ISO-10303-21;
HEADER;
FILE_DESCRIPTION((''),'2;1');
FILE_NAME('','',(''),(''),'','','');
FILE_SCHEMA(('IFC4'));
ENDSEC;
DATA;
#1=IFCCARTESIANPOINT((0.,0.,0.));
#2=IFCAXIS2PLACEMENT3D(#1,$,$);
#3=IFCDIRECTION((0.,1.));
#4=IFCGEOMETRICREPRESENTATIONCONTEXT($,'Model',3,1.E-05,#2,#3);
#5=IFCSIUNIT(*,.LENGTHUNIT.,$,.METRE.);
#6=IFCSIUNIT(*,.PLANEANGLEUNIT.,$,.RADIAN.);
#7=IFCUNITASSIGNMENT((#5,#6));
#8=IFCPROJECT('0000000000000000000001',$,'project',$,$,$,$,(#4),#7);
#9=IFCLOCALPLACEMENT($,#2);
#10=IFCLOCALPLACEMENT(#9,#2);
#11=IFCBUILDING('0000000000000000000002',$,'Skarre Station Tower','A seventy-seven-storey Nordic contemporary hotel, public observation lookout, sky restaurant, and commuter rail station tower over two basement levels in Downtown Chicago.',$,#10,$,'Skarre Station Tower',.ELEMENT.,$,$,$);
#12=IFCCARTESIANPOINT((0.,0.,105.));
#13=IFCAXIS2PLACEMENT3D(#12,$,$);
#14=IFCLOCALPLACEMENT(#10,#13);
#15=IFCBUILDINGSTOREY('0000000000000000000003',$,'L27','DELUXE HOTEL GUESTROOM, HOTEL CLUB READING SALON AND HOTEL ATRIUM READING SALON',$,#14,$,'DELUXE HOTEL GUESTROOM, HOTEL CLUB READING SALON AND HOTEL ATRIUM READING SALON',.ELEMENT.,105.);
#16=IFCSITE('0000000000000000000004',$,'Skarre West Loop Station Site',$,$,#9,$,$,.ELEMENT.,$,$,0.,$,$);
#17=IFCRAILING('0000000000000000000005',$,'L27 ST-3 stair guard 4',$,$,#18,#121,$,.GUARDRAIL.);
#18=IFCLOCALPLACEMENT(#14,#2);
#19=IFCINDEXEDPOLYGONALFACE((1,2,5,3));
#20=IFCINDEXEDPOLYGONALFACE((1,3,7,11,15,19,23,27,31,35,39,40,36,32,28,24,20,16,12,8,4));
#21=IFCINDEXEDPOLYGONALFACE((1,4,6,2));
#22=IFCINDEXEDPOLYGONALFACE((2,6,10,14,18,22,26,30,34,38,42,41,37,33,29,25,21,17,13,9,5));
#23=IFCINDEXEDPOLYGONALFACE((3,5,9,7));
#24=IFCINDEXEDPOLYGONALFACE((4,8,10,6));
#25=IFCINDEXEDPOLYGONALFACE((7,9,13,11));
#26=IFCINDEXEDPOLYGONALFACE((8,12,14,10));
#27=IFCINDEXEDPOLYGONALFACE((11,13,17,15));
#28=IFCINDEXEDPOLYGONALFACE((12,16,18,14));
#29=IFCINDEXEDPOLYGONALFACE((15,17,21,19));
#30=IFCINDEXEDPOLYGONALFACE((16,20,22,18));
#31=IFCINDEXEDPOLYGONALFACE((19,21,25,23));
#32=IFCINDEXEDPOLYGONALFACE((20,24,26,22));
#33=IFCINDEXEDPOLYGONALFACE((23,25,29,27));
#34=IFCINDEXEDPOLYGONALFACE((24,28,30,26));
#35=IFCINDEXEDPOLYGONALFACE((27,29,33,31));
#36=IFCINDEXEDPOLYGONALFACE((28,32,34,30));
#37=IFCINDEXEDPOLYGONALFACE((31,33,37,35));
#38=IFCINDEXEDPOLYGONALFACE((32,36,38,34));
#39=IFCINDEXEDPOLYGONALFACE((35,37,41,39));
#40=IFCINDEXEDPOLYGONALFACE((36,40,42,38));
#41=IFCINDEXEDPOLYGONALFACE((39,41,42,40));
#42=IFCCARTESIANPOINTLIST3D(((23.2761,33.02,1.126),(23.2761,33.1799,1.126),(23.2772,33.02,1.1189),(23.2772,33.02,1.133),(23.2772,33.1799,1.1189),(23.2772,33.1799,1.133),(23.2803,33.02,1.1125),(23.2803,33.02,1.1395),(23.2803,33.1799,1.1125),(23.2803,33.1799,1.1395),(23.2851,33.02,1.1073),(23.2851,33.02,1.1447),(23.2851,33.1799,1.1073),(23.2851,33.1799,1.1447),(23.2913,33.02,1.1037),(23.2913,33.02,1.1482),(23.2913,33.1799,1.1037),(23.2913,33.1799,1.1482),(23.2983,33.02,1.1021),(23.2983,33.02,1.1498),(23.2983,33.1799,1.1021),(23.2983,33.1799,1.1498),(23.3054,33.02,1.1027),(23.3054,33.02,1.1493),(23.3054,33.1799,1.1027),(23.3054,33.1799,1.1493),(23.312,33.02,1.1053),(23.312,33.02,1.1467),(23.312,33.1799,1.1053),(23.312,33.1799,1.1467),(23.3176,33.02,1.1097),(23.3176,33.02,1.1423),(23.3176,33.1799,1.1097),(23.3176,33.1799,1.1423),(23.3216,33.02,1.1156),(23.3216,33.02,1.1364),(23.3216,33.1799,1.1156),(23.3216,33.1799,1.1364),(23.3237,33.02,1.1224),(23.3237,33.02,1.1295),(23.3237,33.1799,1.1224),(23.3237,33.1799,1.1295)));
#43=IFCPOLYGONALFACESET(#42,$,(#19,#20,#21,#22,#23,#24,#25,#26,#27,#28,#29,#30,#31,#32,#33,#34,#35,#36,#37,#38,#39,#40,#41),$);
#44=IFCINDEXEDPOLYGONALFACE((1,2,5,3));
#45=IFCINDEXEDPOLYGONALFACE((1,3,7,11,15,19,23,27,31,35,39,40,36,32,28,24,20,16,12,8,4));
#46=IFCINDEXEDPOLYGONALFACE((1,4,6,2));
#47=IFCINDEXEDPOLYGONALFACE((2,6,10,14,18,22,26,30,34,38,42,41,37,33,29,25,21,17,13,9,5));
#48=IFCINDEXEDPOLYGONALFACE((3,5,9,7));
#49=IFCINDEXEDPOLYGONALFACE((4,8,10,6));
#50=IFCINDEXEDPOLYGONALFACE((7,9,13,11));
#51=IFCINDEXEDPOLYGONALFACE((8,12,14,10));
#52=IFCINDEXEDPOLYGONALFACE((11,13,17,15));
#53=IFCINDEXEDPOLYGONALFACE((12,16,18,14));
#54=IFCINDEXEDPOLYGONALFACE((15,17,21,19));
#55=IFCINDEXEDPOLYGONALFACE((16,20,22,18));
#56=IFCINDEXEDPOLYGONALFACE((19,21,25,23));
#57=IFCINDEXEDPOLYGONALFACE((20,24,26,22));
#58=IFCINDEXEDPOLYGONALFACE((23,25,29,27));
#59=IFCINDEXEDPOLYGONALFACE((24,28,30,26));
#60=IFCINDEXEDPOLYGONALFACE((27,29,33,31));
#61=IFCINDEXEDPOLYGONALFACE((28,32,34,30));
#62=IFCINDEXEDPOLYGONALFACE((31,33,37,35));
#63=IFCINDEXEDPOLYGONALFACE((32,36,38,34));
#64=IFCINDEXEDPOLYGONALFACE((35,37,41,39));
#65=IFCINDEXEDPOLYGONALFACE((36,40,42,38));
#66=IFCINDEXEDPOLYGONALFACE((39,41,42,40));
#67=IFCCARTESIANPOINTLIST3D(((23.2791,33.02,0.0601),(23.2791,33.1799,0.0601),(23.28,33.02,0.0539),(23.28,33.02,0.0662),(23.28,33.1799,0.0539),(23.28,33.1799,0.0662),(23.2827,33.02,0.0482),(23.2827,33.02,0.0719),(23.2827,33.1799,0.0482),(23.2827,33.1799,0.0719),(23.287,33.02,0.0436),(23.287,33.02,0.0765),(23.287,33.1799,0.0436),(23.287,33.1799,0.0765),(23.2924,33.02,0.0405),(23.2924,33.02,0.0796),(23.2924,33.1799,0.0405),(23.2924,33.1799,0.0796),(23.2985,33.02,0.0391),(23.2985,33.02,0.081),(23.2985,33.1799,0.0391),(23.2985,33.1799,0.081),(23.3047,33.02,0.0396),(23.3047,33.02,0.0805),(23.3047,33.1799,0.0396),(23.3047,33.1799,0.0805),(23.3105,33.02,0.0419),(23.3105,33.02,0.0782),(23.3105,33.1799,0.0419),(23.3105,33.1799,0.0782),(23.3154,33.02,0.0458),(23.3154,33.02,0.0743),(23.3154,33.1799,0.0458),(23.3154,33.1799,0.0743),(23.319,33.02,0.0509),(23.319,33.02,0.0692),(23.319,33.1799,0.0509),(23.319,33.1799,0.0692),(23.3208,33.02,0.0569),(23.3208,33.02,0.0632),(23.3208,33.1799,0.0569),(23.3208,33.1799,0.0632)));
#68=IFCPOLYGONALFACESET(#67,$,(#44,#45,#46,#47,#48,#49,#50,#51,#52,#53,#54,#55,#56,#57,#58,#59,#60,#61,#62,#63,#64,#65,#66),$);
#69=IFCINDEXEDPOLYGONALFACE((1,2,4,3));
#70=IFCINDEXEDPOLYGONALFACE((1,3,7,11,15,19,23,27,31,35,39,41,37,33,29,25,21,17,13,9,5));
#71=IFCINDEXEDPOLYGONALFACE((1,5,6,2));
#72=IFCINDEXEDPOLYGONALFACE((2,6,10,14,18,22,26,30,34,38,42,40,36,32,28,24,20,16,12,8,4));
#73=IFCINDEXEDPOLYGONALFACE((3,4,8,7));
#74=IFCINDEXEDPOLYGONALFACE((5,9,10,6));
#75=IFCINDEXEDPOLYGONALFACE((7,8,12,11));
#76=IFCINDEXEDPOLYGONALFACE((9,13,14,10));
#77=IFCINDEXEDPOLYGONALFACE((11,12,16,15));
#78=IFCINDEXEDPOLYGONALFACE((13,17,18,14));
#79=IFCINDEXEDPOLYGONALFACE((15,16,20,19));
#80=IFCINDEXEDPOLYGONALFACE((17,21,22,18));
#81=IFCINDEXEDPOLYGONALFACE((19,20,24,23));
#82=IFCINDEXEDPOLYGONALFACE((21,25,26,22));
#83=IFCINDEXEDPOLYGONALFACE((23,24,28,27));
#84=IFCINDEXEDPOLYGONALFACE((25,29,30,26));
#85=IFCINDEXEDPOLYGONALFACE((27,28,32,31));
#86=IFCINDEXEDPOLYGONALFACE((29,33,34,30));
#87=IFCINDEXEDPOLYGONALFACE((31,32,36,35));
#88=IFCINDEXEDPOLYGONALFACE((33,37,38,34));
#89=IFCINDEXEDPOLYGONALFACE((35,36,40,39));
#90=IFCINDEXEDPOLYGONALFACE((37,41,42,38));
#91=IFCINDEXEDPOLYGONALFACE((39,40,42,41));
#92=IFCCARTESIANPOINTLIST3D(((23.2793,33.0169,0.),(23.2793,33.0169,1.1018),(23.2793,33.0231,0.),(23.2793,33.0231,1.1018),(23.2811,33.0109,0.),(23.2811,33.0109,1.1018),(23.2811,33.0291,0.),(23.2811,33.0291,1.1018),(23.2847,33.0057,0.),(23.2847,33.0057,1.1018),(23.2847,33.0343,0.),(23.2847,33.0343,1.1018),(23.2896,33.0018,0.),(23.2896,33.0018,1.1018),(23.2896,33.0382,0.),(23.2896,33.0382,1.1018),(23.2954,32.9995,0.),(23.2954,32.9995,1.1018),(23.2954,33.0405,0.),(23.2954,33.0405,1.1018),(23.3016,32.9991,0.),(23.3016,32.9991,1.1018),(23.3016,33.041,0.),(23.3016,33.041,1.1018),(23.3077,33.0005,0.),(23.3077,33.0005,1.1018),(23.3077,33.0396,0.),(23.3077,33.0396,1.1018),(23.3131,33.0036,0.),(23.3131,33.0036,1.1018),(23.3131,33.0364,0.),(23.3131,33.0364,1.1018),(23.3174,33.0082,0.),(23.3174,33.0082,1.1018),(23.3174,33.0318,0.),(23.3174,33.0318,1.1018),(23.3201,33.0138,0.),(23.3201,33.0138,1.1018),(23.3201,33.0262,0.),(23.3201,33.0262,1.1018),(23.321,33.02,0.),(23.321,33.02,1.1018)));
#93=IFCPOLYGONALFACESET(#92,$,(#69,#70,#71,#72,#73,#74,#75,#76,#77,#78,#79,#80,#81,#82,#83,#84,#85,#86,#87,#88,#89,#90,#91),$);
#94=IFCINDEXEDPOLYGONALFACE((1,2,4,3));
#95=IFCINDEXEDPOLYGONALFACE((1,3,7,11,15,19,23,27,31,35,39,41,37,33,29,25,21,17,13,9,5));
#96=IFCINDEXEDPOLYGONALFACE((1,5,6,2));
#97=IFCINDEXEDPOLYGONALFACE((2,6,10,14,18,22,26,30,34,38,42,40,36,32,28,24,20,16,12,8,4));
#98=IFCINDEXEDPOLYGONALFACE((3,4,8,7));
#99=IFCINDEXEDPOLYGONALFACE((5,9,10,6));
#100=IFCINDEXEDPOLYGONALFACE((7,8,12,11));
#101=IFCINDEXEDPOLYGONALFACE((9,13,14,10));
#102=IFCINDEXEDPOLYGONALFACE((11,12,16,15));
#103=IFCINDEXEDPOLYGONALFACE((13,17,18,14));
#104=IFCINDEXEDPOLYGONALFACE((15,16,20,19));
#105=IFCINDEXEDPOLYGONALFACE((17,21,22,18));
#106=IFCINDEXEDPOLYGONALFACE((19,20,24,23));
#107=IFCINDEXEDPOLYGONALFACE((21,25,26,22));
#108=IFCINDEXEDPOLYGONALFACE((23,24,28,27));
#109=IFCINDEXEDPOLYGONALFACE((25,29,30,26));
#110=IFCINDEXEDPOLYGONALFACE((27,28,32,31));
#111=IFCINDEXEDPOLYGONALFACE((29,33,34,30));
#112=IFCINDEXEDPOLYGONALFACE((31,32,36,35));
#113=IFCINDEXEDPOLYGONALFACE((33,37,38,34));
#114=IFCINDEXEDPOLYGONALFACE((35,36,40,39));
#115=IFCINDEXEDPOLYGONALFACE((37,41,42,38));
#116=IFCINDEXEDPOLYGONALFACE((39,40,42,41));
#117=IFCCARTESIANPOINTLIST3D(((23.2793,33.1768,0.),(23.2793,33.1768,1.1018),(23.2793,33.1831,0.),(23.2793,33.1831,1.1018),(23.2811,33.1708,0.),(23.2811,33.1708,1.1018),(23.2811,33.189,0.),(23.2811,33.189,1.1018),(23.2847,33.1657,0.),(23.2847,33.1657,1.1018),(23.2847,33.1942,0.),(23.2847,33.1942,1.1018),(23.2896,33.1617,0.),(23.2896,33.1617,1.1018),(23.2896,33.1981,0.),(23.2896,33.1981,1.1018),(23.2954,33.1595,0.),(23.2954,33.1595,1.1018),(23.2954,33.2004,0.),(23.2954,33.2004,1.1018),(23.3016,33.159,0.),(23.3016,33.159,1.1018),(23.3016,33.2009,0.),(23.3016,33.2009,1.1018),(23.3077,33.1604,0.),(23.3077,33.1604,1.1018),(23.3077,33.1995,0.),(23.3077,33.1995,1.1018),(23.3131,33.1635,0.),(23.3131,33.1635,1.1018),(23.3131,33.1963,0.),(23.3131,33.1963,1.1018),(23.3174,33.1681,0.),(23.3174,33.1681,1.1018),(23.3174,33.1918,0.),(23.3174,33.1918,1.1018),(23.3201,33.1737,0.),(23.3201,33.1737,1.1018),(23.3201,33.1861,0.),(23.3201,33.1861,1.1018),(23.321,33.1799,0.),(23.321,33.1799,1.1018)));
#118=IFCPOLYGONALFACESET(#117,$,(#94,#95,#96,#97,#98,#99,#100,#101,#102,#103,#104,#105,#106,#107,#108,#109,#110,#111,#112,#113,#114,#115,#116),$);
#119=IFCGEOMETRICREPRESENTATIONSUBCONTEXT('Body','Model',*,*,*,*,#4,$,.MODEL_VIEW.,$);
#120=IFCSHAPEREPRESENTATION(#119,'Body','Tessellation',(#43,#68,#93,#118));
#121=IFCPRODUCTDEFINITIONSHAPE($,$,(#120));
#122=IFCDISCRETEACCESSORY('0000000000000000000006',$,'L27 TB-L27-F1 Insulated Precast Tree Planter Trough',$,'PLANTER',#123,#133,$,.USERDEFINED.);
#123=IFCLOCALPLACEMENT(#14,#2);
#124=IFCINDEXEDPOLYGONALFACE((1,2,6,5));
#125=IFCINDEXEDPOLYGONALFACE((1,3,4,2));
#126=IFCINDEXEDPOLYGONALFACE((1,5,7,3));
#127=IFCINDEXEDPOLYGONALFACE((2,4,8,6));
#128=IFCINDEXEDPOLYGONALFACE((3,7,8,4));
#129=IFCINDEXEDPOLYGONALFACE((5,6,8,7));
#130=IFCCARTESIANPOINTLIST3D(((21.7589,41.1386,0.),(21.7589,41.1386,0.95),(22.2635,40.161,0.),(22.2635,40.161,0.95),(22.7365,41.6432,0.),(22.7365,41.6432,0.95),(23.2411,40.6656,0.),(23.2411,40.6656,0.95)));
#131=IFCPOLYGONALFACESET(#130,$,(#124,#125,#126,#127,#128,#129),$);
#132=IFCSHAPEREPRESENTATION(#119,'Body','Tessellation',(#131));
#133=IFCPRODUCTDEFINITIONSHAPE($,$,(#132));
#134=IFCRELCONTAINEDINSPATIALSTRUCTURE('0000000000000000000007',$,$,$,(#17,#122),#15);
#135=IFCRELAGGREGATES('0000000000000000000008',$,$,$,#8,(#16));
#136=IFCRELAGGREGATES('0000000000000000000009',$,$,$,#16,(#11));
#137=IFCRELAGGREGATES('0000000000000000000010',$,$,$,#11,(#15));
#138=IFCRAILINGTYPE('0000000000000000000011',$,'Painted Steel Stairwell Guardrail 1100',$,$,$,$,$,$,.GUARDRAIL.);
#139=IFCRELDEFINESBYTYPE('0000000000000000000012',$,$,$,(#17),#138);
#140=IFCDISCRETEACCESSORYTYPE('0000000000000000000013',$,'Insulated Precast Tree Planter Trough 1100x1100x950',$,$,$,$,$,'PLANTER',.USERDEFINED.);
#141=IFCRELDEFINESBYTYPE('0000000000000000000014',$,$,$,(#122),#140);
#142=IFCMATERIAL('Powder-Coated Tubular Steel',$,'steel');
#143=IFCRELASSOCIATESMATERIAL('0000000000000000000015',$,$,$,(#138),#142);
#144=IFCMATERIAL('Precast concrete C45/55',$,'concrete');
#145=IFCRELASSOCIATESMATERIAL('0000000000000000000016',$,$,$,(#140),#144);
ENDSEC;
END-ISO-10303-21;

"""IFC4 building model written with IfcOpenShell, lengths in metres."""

from ifc_helpers import new_model, si_unit, direction, frame, origin, origin_2d, place, context, subcontext, project, spatial, rectangle, circle, extrude, material, type_object, element, save


model = new_model("IFC4")

# Units and contexts
model_context = context("Model", 3, precision=1e-05, world=origin(), true_north=direction((0.0, 1.0)))
body_context = subcontext(model_context, "Body", "Model", "MODEL_VIEW")
ifc_project = project(units=[si_unit("LENGTHUNIT", "METRE"), si_unit("PLANEANGLEUNIT", "RADIAN")], contexts=[model_context])

# Site, building, storey
site_placement = place(None, origin())
site = spatial("IfcSite", under=ifc_project, at=site_placement, Name="Skarre West Loop Station Site", CompositionType="ELEMENT", RefElevation=0.0)
building_placement = place(site_placement, origin())
building = spatial("IfcBuilding", under=site, at=building_placement, Name="Skarre Station Tower", Description="A seventy-seven-storey Nordic contemporary hotel, public observation lookout, sky restaurant, and commuter rail station tower over two basement levels in Downtown Chicago.", LongName="Skarre Station Tower", CompositionType="ELEMENT")
storey_placement = place(building_placement, frame((0.0, 0.0, 105.0)))
storey = spatial("IfcBuildingStorey", under=building, at=storey_placement, Name="L27", Description="DELUXE HOTEL GUESTROOM, HOTEL CLUB READING SALON AND HOTEL ATRIUM READING SALON", LongName="DELUXE HOTEL GUESTROOM, HOTEL CLUB READING SALON AND HOTEL ATRIUM READING SALON", CompositionType="ELEMENT", Elevation=105.0)

# Shared definitions
ifc_material_1 = material(Name="Precast concrete C45/55", Category="concrete")

# Railing
ifc_material_2 = material(Name="Powder-Coated Tubular Steel", Category="steel")
railing_type_1 = type_object("IfcRailingType", Name="Painted Steel Stairwell Guardrail 1100", PredefinedType="GUARDRAIL", material=ifc_material_2)
railing_1_placement = place(storey_placement, frame((23.3, 33.02, 0.0)))
element("IfcRailing", 1, at=railing_1_placement, inside=storey, type_object=railing_type_1, Name="L27 ST-3 stair guard 4", PredefinedType="GUARDRAIL", context=body_context, shape_type="SweptSolid", body=[
    extrude(circle(Radius=0.0239, at=origin_2d()), frame((0.0, 0.0, 1.126), z_axis=(0.0, 1.0, 0.0), x_axis=(-1.0, 0.0, 0.0)), (0.0, 0.0, 1.0), 0.1599),
    extrude(circle(Radius=0.021, at=origin_2d()), frame((0.0, 0.0, 0.0601), z_axis=(0.0, 1.0, 0.0), x_axis=(-1.0, 0.0, 0.0)), (0.0, 0.0, 1.0), 0.1599),
    extrude(circle(Radius=0.021, at=origin_2d()), origin(), (0.0, 0.0, 1.0), 1.1018),
    extrude(circle(Radius=0.021, at=origin_2d()), frame((0.0, 0.1599, 0.0)), (0.0, 0.0, 1.0), 1.1018),
])

# Discrete accessory
discrete_accessory_type = type_object("IfcDiscreteAccessoryType", Name="Insulated Precast Tree Planter Trough 1100x1100x950", ElementType="PLANTER", PredefinedType="USERDEFINED", material=ifc_material_1)
discrete_accessory_placement = place(storey_placement, frame((22.5, 40.9021, 0.0), z_axis=(0.0, 0.0, 1.0), x_axis=(-0.45865, 0.888617, 0.0)))
element("IfcDiscreteAccessory", 2, at=discrete_accessory_placement, inside=storey, type_object=discrete_accessory_type, Name="L27 TB-L27-F1 Insulated Precast Tree Planter Trough", ObjectType="PLANTER", PredefinedType="USERDEFINED", context=body_context, shape_type="SweptSolid", body=[
    extrude(rectangle(XDim=1.1001, YDim=1.1001, at=origin_2d()), origin(), (0.0, 0.0, 1.0), 0.95),
])

save(model, "model.ifc")
